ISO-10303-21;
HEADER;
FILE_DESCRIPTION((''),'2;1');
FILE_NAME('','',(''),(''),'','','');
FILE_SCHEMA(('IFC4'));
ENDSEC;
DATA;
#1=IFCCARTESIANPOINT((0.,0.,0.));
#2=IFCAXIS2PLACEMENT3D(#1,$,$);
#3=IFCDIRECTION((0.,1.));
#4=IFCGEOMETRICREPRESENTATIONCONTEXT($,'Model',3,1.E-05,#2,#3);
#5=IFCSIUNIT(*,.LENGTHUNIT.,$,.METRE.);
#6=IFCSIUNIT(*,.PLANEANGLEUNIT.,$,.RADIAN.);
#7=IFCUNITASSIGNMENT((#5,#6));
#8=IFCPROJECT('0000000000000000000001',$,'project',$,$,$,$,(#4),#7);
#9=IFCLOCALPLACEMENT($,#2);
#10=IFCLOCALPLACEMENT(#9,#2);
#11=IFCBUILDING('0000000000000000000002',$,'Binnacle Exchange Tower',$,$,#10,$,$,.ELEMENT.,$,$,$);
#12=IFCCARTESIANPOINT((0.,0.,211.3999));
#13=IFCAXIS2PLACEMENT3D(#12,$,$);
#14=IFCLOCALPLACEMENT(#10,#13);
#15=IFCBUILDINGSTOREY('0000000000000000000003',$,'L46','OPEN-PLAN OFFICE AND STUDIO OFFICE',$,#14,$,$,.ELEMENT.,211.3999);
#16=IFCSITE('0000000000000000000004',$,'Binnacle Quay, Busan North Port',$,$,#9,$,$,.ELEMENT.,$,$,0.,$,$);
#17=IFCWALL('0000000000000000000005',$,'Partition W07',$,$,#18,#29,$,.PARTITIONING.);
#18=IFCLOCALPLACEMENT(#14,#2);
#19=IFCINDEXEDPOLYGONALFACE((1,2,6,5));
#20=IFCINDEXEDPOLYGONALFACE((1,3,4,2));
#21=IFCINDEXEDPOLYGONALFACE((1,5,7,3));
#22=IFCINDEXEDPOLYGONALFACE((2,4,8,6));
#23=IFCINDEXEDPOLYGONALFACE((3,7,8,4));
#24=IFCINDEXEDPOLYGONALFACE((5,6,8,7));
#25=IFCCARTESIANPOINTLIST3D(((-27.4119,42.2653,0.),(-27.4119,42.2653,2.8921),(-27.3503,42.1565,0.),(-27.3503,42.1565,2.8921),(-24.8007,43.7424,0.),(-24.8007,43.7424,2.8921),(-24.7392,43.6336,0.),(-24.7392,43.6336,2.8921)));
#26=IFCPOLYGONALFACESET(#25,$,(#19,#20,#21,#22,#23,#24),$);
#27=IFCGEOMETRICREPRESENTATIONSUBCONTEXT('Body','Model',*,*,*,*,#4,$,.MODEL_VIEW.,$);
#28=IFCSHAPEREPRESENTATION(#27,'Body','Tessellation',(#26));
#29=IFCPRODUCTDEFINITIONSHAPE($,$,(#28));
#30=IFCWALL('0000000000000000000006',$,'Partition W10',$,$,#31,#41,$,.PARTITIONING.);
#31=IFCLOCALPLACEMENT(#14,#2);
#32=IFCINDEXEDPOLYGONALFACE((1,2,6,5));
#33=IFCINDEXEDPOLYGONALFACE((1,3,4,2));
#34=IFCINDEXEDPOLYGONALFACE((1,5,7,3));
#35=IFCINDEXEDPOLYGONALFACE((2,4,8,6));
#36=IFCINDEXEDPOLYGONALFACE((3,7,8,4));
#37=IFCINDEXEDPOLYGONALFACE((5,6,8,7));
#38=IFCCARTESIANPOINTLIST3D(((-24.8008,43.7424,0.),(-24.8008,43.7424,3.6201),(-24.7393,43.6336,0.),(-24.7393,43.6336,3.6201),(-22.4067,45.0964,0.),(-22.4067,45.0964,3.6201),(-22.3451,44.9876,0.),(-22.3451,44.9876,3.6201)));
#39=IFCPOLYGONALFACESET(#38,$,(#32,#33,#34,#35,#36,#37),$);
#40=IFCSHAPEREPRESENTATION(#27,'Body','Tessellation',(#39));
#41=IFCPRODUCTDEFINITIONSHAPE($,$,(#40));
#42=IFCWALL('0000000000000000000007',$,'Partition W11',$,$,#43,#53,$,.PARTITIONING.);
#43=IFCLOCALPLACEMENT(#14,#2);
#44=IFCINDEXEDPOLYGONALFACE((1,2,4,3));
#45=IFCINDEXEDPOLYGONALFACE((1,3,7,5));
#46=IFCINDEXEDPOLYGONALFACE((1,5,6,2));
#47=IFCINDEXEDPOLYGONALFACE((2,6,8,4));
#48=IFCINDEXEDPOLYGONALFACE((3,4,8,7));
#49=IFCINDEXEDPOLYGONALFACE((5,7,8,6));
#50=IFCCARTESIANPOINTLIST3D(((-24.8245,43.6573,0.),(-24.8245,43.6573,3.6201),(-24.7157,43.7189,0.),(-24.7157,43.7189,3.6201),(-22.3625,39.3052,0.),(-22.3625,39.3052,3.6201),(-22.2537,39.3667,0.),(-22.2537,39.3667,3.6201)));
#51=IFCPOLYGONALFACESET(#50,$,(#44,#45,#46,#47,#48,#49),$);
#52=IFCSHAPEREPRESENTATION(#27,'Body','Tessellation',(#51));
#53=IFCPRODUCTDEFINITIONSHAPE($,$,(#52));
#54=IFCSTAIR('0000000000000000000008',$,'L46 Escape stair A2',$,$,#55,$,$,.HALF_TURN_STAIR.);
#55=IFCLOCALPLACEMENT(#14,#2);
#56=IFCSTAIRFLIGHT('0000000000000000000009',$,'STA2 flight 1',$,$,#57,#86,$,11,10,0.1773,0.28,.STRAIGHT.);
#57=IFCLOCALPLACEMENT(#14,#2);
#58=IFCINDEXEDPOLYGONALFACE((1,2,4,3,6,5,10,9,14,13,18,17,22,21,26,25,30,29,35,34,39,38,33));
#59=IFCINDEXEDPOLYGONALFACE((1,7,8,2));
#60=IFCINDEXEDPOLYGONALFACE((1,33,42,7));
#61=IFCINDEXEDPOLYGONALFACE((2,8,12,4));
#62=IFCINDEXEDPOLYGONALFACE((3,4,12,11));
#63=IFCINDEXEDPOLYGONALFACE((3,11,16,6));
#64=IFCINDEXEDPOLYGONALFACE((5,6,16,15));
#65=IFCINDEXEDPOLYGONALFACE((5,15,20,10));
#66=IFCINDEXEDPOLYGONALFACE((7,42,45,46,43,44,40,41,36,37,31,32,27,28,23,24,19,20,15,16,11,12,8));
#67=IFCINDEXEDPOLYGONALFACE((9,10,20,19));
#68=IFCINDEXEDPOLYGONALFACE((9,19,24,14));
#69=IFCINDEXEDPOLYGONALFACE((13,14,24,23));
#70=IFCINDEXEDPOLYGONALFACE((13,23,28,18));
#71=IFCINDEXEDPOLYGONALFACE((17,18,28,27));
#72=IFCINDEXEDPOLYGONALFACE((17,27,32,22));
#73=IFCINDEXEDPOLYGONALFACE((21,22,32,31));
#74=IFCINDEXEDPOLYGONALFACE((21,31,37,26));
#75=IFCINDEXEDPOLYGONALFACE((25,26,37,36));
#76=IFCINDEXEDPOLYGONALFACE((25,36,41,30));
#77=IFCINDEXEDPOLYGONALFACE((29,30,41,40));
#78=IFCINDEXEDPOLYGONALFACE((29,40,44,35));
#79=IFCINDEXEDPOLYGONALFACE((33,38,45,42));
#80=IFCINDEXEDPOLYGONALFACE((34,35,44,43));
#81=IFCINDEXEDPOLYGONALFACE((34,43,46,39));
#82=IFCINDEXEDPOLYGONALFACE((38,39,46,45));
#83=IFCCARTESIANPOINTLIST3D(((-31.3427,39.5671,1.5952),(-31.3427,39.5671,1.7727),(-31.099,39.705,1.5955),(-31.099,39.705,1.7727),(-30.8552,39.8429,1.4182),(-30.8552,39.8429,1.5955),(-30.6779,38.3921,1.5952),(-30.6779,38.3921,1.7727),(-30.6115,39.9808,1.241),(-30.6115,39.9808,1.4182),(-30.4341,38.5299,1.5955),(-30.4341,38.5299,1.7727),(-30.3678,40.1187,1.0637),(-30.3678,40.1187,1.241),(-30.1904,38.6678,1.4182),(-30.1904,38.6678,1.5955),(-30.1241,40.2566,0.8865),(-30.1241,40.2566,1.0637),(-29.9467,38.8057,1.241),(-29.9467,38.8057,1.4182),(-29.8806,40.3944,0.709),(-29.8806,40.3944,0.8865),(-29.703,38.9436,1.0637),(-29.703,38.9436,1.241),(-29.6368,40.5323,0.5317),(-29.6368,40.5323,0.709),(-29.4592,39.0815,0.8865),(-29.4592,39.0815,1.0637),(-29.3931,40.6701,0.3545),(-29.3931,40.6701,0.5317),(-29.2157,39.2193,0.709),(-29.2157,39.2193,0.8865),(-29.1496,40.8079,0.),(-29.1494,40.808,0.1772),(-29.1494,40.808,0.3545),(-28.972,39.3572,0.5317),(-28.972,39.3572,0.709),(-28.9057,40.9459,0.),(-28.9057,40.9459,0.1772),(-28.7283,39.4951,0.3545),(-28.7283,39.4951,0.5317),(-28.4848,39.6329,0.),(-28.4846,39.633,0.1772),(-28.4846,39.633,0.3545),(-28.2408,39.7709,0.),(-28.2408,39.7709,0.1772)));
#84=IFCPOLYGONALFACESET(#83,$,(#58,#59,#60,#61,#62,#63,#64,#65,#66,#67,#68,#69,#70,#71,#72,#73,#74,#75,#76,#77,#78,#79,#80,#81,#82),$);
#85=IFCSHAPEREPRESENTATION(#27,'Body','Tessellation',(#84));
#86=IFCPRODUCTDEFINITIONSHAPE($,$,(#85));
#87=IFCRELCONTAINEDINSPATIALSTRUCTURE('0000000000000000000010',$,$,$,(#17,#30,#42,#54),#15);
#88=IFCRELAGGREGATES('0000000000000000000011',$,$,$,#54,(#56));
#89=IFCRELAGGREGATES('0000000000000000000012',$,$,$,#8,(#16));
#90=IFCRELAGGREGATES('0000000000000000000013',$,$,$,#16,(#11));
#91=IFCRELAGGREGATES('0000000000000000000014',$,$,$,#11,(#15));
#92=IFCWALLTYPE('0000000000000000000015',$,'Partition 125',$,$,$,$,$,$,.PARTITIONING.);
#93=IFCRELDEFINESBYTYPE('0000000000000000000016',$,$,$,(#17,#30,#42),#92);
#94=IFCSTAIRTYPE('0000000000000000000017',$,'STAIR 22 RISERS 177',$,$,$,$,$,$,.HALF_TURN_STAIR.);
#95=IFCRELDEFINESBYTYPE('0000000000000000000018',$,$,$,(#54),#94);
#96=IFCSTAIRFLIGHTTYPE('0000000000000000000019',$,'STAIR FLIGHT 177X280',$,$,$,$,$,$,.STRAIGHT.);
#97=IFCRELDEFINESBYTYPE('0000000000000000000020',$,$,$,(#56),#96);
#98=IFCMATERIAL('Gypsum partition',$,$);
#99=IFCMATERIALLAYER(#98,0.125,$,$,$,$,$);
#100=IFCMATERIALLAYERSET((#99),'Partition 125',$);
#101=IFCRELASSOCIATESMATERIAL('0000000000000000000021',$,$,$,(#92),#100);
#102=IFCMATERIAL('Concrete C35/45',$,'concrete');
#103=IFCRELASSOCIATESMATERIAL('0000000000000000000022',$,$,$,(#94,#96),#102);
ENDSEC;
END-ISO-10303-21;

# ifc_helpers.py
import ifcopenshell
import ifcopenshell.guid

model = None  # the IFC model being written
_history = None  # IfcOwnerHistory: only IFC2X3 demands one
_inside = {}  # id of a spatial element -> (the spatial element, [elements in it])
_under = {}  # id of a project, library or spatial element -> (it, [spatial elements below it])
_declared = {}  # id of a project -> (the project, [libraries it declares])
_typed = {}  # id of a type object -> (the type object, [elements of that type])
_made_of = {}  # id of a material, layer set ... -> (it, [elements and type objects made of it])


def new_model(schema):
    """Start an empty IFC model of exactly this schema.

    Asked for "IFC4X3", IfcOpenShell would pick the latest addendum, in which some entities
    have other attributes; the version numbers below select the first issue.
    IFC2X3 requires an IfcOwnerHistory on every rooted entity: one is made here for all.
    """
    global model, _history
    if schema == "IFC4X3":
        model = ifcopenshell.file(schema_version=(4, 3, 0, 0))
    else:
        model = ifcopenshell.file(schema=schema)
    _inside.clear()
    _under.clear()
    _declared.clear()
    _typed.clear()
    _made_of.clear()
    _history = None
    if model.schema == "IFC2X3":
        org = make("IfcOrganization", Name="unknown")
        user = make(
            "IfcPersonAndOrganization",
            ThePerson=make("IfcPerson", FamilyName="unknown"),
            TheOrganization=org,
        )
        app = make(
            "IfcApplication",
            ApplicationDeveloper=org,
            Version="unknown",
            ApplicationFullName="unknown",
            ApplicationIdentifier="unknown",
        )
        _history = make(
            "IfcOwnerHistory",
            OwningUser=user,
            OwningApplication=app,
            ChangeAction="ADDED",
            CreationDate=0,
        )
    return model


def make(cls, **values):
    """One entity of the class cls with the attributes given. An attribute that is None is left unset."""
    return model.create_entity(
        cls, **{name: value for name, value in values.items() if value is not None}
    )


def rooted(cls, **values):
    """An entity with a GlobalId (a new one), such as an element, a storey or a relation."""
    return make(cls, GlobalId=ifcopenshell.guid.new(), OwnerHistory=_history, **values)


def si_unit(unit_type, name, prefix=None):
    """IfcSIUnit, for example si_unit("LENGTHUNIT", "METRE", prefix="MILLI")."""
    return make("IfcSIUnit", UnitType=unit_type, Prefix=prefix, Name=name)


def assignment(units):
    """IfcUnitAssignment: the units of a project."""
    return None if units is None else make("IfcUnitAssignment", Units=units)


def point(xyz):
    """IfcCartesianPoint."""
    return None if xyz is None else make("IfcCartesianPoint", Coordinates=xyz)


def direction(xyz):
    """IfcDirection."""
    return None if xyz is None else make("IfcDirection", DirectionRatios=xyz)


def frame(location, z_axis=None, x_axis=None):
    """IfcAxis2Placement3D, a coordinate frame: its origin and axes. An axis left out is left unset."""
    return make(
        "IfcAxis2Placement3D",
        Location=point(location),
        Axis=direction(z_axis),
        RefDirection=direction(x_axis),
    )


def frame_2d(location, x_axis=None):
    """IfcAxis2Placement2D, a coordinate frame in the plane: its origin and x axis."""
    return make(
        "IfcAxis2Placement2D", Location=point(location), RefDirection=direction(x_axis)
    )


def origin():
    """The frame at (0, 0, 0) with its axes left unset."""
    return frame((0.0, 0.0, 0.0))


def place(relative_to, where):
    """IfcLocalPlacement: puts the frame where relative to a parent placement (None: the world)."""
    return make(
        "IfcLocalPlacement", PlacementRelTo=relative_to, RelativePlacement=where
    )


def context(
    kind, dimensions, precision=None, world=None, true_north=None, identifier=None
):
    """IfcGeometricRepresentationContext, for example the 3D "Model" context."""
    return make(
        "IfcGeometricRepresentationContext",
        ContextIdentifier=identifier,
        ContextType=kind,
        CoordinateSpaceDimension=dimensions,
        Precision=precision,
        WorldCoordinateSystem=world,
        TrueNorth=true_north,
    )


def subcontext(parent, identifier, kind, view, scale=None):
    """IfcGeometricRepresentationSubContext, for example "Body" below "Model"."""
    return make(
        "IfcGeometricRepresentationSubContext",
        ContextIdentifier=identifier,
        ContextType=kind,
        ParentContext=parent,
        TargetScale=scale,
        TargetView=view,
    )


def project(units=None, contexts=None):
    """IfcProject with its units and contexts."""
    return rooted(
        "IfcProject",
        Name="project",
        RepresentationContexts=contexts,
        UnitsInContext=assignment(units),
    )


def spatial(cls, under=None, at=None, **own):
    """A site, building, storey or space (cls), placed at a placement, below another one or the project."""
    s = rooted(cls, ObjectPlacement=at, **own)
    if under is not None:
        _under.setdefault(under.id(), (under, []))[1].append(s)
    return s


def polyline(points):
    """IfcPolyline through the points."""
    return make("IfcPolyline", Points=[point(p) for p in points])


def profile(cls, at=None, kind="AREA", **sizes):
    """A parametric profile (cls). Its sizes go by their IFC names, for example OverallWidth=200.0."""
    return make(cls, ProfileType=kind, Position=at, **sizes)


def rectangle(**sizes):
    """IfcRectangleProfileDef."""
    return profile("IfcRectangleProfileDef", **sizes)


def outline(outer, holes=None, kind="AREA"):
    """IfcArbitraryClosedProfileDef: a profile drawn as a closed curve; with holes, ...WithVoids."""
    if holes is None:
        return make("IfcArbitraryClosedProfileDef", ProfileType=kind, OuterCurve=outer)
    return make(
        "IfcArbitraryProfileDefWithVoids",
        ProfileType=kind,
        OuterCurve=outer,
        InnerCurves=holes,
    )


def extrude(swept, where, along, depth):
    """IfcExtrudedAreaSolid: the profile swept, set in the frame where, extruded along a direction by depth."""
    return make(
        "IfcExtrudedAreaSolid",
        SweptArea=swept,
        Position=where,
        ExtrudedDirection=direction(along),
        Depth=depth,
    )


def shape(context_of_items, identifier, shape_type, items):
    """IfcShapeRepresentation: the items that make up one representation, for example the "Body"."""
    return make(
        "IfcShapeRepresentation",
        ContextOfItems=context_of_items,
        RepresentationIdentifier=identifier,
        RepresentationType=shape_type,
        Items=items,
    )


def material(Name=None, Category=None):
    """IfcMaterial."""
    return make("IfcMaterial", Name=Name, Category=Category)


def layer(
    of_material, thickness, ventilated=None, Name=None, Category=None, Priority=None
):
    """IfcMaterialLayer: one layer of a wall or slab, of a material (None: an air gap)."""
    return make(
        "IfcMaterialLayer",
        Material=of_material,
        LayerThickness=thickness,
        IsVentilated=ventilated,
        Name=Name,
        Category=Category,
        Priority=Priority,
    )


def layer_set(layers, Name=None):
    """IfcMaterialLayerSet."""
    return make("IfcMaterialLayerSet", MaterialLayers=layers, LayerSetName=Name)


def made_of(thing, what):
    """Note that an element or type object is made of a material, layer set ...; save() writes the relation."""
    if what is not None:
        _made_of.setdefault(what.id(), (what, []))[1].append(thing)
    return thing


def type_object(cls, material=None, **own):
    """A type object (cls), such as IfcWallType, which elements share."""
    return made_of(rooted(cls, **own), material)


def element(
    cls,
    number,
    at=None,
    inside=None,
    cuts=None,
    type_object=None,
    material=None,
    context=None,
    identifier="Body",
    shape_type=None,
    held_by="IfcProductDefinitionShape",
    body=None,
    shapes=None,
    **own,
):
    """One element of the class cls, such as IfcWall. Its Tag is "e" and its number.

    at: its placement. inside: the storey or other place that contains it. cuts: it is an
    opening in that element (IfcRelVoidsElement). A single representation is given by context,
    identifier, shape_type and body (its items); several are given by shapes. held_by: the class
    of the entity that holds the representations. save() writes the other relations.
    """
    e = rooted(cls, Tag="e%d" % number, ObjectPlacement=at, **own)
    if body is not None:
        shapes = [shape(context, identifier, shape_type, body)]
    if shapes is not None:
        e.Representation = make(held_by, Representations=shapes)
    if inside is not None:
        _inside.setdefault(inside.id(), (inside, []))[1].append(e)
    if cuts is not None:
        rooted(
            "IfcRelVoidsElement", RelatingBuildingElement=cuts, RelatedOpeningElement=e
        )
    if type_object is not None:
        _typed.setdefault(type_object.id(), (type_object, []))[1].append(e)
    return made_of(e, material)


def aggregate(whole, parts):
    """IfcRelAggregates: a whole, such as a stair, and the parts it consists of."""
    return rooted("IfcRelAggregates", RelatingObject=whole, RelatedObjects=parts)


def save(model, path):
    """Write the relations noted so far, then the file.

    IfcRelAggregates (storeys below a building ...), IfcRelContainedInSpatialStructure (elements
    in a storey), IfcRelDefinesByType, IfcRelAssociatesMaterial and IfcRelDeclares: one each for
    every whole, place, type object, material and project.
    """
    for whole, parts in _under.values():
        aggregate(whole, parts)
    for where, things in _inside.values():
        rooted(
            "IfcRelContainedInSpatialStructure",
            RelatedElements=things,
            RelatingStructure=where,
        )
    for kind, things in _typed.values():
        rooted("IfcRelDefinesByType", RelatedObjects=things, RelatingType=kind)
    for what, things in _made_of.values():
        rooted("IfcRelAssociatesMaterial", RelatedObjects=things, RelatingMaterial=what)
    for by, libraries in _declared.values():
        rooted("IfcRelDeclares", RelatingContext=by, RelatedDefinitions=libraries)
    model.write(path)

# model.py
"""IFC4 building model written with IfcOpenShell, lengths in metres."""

from ifc_helpers import new_model, si_unit, direction, frame, frame_2d, origin, place, context, subcontext, project, spatial, polyline, rectangle, outline, extrude, material, layer, layer_set, type_object, element, aggregate, save


model = new_model("IFC4")

# Units and contexts
model_context = context("Model", 3, precision=1e-05, world=origin(), true_north=direction((0.0, 1.0)))
body_context = subcontext(model_context, "Body", "Model", "MODEL_VIEW")
ifc_project = project(units=[si_unit("LENGTHUNIT", "METRE"), si_unit("PLANEANGLEUNIT", "RADIAN")], contexts=[model_context])

# Site, building, storey
site_placement = place(None, origin())
site = spatial("IfcSite", under=ifc_project, at=site_placement, Name="Binnacle Quay, Busan North Port", CompositionType="ELEMENT", RefElevation=0.0)
building_placement = place(site_placement, origin())
building = spatial("IfcBuilding", under=site, at=building_placement, Name="Binnacle Exchange Tower", CompositionType="ELEMENT")
storey_placement = place(building_placement, frame((0.0, 0.0, 211.3999)))
storey = spatial("IfcBuildingStorey", under=building, at=storey_placement, Name="L46", Description="OPEN-PLAN OFFICE AND STUDIO OFFICE", CompositionType="ELEMENT", Elevation=211.3999)

# Walls
ifc_material_1 = material(Name="Gypsum partition")
ifc_layer_1 = layer(ifc_material_1, 0.125)
ifc_layer_set_1 = layer_set([ifc_layer_1], Name="Partition 125")
wall_type_1 = type_object("IfcWallType", Name="Partition 125", PredefinedType="PARTITIONING", material=ifc_layer_set_1)
wall_1_placement = place(storey_placement, frame((-27.3811, 42.2109, 0.0), z_axis=(0.0, 0.0, 1.0), x_axis=(0.870388, 0.492366, 0.0)))
element("IfcWall", 1, at=wall_1_placement, inside=storey, type_object=wall_type_1, Name="Partition W07", PredefinedType="PARTITIONING", context=body_context, shape_type="SweptSolid", body=[
    extrude(rectangle(XDim=3.0, YDim=0.125, at=frame_2d((1.5, 0.0))), origin(), (0.0, 0.0, 1.0), 2.8921),
])
wall_2_placement = place(storey_placement, frame((-24.77, 43.688, 0.0), z_axis=(0.0, 0.0, 1.0), x_axis=(0.870431, 0.492291, 0.0)))
element("IfcWall", 2, at=wall_2_placement, inside=storey, type_object=wall_type_1, Name="Partition W10", PredefinedType="PARTITIONING", context=body_context, shape_type="SweptSolid", body=[
    extrude(rectangle(XDim=2.7505, YDim=0.125, at=frame_2d((1.3752, 0.0))), origin(), (0.0, 0.0, 1.0), 3.6201),
])
wall_3_placement = place(storey_placement, frame((-24.77, 43.688, 0.0), z_axis=(0.0, 0.0, 1.0), x_axis=(0.492369, -0.870386, 0.0)))
element("IfcWall", 3, at=wall_3_placement, inside=storey, type_object=wall_type_1, Name="Partition W11", PredefinedType="PARTITIONING", context=body_context, shape_type="SweptSolid", body=[
    extrude(rectangle(XDim=5.0002, YDim=0.125, at=frame_2d((2.5, 0.0))), origin(), (0.0, 0.0, 1.0), 3.6201),
])

# Stair, stair flight
ifc_material_2 = material(Name="Concrete C35/45", Category="concrete")
stair_type = type_object("IfcStairType", Name="STAIR 22 RISERS 177", PredefinedType="HALF_TURN_STAIR", material=ifc_material_2)
stair_placement = place(storey_placement, origin())
stair = element("IfcStair", 4, at=stair_placement, inside=storey, type_object=stair_type, Name="L46 Escape stair A2", PredefinedType="HALF_TURN_STAIR")
stair_flight_type = type_object("IfcStairFlightType", Name="STAIR FLIGHT 177X280", PredefinedType="STRAIGHT", material=ifc_material_2)
stair_flight_placement = place(storey_placement, frame((-28.5732, 40.3584, 0.0), z_axis=(0.0, 0.0, 1.0), x_axis=(-0.870356, -0.492424, 0.0)))
stair_flight = element("IfcStairFlight", 5, at=stair_flight_placement, type_object=stair_flight_type, Name="STA2 flight 1", NumberOfRisers=11, NumberOfTreads=10, PredefinedType="STRAIGHT", RiserHeight=0.1773, TreadLength=0.28, context=body_context, shape_type="SweptSolid", body=[
    extrude(outline(polyline([(0.0, 0.0), (0.0, 0.1772), (0.28, 0.1772), (0.28, 0.3545), (0.5601, 0.3545), (0.5601, 0.5317), (0.8401, 0.5317), (0.8401, 0.709), (1.1201, 0.709), (1.1201, 0.8865), (1.3999, 0.8865), (1.3999, 1.0637), (1.6799, 1.0637), (1.6799, 1.241), (1.96, 1.241), (1.96, 1.4182), (2.24, 1.4182), (2.24, 1.5955), (2.52, 1.5955), (2.52, 1.7727), (2.8, 1.7727), (2.8, 1.95), (2.8, 1.5952), (0.2803, 0.0), (0.0, 0.0)])), frame((0.0, 0.675, 0.0), z_axis=(0.0, -1.0, 0.0), x_axis=(1.0, 0.0, 0.0)), (0.0, 0.0, 1.0), 1.3501),
])
aggregate(stair, [stair_flight])

save(model, "model.ifc")
